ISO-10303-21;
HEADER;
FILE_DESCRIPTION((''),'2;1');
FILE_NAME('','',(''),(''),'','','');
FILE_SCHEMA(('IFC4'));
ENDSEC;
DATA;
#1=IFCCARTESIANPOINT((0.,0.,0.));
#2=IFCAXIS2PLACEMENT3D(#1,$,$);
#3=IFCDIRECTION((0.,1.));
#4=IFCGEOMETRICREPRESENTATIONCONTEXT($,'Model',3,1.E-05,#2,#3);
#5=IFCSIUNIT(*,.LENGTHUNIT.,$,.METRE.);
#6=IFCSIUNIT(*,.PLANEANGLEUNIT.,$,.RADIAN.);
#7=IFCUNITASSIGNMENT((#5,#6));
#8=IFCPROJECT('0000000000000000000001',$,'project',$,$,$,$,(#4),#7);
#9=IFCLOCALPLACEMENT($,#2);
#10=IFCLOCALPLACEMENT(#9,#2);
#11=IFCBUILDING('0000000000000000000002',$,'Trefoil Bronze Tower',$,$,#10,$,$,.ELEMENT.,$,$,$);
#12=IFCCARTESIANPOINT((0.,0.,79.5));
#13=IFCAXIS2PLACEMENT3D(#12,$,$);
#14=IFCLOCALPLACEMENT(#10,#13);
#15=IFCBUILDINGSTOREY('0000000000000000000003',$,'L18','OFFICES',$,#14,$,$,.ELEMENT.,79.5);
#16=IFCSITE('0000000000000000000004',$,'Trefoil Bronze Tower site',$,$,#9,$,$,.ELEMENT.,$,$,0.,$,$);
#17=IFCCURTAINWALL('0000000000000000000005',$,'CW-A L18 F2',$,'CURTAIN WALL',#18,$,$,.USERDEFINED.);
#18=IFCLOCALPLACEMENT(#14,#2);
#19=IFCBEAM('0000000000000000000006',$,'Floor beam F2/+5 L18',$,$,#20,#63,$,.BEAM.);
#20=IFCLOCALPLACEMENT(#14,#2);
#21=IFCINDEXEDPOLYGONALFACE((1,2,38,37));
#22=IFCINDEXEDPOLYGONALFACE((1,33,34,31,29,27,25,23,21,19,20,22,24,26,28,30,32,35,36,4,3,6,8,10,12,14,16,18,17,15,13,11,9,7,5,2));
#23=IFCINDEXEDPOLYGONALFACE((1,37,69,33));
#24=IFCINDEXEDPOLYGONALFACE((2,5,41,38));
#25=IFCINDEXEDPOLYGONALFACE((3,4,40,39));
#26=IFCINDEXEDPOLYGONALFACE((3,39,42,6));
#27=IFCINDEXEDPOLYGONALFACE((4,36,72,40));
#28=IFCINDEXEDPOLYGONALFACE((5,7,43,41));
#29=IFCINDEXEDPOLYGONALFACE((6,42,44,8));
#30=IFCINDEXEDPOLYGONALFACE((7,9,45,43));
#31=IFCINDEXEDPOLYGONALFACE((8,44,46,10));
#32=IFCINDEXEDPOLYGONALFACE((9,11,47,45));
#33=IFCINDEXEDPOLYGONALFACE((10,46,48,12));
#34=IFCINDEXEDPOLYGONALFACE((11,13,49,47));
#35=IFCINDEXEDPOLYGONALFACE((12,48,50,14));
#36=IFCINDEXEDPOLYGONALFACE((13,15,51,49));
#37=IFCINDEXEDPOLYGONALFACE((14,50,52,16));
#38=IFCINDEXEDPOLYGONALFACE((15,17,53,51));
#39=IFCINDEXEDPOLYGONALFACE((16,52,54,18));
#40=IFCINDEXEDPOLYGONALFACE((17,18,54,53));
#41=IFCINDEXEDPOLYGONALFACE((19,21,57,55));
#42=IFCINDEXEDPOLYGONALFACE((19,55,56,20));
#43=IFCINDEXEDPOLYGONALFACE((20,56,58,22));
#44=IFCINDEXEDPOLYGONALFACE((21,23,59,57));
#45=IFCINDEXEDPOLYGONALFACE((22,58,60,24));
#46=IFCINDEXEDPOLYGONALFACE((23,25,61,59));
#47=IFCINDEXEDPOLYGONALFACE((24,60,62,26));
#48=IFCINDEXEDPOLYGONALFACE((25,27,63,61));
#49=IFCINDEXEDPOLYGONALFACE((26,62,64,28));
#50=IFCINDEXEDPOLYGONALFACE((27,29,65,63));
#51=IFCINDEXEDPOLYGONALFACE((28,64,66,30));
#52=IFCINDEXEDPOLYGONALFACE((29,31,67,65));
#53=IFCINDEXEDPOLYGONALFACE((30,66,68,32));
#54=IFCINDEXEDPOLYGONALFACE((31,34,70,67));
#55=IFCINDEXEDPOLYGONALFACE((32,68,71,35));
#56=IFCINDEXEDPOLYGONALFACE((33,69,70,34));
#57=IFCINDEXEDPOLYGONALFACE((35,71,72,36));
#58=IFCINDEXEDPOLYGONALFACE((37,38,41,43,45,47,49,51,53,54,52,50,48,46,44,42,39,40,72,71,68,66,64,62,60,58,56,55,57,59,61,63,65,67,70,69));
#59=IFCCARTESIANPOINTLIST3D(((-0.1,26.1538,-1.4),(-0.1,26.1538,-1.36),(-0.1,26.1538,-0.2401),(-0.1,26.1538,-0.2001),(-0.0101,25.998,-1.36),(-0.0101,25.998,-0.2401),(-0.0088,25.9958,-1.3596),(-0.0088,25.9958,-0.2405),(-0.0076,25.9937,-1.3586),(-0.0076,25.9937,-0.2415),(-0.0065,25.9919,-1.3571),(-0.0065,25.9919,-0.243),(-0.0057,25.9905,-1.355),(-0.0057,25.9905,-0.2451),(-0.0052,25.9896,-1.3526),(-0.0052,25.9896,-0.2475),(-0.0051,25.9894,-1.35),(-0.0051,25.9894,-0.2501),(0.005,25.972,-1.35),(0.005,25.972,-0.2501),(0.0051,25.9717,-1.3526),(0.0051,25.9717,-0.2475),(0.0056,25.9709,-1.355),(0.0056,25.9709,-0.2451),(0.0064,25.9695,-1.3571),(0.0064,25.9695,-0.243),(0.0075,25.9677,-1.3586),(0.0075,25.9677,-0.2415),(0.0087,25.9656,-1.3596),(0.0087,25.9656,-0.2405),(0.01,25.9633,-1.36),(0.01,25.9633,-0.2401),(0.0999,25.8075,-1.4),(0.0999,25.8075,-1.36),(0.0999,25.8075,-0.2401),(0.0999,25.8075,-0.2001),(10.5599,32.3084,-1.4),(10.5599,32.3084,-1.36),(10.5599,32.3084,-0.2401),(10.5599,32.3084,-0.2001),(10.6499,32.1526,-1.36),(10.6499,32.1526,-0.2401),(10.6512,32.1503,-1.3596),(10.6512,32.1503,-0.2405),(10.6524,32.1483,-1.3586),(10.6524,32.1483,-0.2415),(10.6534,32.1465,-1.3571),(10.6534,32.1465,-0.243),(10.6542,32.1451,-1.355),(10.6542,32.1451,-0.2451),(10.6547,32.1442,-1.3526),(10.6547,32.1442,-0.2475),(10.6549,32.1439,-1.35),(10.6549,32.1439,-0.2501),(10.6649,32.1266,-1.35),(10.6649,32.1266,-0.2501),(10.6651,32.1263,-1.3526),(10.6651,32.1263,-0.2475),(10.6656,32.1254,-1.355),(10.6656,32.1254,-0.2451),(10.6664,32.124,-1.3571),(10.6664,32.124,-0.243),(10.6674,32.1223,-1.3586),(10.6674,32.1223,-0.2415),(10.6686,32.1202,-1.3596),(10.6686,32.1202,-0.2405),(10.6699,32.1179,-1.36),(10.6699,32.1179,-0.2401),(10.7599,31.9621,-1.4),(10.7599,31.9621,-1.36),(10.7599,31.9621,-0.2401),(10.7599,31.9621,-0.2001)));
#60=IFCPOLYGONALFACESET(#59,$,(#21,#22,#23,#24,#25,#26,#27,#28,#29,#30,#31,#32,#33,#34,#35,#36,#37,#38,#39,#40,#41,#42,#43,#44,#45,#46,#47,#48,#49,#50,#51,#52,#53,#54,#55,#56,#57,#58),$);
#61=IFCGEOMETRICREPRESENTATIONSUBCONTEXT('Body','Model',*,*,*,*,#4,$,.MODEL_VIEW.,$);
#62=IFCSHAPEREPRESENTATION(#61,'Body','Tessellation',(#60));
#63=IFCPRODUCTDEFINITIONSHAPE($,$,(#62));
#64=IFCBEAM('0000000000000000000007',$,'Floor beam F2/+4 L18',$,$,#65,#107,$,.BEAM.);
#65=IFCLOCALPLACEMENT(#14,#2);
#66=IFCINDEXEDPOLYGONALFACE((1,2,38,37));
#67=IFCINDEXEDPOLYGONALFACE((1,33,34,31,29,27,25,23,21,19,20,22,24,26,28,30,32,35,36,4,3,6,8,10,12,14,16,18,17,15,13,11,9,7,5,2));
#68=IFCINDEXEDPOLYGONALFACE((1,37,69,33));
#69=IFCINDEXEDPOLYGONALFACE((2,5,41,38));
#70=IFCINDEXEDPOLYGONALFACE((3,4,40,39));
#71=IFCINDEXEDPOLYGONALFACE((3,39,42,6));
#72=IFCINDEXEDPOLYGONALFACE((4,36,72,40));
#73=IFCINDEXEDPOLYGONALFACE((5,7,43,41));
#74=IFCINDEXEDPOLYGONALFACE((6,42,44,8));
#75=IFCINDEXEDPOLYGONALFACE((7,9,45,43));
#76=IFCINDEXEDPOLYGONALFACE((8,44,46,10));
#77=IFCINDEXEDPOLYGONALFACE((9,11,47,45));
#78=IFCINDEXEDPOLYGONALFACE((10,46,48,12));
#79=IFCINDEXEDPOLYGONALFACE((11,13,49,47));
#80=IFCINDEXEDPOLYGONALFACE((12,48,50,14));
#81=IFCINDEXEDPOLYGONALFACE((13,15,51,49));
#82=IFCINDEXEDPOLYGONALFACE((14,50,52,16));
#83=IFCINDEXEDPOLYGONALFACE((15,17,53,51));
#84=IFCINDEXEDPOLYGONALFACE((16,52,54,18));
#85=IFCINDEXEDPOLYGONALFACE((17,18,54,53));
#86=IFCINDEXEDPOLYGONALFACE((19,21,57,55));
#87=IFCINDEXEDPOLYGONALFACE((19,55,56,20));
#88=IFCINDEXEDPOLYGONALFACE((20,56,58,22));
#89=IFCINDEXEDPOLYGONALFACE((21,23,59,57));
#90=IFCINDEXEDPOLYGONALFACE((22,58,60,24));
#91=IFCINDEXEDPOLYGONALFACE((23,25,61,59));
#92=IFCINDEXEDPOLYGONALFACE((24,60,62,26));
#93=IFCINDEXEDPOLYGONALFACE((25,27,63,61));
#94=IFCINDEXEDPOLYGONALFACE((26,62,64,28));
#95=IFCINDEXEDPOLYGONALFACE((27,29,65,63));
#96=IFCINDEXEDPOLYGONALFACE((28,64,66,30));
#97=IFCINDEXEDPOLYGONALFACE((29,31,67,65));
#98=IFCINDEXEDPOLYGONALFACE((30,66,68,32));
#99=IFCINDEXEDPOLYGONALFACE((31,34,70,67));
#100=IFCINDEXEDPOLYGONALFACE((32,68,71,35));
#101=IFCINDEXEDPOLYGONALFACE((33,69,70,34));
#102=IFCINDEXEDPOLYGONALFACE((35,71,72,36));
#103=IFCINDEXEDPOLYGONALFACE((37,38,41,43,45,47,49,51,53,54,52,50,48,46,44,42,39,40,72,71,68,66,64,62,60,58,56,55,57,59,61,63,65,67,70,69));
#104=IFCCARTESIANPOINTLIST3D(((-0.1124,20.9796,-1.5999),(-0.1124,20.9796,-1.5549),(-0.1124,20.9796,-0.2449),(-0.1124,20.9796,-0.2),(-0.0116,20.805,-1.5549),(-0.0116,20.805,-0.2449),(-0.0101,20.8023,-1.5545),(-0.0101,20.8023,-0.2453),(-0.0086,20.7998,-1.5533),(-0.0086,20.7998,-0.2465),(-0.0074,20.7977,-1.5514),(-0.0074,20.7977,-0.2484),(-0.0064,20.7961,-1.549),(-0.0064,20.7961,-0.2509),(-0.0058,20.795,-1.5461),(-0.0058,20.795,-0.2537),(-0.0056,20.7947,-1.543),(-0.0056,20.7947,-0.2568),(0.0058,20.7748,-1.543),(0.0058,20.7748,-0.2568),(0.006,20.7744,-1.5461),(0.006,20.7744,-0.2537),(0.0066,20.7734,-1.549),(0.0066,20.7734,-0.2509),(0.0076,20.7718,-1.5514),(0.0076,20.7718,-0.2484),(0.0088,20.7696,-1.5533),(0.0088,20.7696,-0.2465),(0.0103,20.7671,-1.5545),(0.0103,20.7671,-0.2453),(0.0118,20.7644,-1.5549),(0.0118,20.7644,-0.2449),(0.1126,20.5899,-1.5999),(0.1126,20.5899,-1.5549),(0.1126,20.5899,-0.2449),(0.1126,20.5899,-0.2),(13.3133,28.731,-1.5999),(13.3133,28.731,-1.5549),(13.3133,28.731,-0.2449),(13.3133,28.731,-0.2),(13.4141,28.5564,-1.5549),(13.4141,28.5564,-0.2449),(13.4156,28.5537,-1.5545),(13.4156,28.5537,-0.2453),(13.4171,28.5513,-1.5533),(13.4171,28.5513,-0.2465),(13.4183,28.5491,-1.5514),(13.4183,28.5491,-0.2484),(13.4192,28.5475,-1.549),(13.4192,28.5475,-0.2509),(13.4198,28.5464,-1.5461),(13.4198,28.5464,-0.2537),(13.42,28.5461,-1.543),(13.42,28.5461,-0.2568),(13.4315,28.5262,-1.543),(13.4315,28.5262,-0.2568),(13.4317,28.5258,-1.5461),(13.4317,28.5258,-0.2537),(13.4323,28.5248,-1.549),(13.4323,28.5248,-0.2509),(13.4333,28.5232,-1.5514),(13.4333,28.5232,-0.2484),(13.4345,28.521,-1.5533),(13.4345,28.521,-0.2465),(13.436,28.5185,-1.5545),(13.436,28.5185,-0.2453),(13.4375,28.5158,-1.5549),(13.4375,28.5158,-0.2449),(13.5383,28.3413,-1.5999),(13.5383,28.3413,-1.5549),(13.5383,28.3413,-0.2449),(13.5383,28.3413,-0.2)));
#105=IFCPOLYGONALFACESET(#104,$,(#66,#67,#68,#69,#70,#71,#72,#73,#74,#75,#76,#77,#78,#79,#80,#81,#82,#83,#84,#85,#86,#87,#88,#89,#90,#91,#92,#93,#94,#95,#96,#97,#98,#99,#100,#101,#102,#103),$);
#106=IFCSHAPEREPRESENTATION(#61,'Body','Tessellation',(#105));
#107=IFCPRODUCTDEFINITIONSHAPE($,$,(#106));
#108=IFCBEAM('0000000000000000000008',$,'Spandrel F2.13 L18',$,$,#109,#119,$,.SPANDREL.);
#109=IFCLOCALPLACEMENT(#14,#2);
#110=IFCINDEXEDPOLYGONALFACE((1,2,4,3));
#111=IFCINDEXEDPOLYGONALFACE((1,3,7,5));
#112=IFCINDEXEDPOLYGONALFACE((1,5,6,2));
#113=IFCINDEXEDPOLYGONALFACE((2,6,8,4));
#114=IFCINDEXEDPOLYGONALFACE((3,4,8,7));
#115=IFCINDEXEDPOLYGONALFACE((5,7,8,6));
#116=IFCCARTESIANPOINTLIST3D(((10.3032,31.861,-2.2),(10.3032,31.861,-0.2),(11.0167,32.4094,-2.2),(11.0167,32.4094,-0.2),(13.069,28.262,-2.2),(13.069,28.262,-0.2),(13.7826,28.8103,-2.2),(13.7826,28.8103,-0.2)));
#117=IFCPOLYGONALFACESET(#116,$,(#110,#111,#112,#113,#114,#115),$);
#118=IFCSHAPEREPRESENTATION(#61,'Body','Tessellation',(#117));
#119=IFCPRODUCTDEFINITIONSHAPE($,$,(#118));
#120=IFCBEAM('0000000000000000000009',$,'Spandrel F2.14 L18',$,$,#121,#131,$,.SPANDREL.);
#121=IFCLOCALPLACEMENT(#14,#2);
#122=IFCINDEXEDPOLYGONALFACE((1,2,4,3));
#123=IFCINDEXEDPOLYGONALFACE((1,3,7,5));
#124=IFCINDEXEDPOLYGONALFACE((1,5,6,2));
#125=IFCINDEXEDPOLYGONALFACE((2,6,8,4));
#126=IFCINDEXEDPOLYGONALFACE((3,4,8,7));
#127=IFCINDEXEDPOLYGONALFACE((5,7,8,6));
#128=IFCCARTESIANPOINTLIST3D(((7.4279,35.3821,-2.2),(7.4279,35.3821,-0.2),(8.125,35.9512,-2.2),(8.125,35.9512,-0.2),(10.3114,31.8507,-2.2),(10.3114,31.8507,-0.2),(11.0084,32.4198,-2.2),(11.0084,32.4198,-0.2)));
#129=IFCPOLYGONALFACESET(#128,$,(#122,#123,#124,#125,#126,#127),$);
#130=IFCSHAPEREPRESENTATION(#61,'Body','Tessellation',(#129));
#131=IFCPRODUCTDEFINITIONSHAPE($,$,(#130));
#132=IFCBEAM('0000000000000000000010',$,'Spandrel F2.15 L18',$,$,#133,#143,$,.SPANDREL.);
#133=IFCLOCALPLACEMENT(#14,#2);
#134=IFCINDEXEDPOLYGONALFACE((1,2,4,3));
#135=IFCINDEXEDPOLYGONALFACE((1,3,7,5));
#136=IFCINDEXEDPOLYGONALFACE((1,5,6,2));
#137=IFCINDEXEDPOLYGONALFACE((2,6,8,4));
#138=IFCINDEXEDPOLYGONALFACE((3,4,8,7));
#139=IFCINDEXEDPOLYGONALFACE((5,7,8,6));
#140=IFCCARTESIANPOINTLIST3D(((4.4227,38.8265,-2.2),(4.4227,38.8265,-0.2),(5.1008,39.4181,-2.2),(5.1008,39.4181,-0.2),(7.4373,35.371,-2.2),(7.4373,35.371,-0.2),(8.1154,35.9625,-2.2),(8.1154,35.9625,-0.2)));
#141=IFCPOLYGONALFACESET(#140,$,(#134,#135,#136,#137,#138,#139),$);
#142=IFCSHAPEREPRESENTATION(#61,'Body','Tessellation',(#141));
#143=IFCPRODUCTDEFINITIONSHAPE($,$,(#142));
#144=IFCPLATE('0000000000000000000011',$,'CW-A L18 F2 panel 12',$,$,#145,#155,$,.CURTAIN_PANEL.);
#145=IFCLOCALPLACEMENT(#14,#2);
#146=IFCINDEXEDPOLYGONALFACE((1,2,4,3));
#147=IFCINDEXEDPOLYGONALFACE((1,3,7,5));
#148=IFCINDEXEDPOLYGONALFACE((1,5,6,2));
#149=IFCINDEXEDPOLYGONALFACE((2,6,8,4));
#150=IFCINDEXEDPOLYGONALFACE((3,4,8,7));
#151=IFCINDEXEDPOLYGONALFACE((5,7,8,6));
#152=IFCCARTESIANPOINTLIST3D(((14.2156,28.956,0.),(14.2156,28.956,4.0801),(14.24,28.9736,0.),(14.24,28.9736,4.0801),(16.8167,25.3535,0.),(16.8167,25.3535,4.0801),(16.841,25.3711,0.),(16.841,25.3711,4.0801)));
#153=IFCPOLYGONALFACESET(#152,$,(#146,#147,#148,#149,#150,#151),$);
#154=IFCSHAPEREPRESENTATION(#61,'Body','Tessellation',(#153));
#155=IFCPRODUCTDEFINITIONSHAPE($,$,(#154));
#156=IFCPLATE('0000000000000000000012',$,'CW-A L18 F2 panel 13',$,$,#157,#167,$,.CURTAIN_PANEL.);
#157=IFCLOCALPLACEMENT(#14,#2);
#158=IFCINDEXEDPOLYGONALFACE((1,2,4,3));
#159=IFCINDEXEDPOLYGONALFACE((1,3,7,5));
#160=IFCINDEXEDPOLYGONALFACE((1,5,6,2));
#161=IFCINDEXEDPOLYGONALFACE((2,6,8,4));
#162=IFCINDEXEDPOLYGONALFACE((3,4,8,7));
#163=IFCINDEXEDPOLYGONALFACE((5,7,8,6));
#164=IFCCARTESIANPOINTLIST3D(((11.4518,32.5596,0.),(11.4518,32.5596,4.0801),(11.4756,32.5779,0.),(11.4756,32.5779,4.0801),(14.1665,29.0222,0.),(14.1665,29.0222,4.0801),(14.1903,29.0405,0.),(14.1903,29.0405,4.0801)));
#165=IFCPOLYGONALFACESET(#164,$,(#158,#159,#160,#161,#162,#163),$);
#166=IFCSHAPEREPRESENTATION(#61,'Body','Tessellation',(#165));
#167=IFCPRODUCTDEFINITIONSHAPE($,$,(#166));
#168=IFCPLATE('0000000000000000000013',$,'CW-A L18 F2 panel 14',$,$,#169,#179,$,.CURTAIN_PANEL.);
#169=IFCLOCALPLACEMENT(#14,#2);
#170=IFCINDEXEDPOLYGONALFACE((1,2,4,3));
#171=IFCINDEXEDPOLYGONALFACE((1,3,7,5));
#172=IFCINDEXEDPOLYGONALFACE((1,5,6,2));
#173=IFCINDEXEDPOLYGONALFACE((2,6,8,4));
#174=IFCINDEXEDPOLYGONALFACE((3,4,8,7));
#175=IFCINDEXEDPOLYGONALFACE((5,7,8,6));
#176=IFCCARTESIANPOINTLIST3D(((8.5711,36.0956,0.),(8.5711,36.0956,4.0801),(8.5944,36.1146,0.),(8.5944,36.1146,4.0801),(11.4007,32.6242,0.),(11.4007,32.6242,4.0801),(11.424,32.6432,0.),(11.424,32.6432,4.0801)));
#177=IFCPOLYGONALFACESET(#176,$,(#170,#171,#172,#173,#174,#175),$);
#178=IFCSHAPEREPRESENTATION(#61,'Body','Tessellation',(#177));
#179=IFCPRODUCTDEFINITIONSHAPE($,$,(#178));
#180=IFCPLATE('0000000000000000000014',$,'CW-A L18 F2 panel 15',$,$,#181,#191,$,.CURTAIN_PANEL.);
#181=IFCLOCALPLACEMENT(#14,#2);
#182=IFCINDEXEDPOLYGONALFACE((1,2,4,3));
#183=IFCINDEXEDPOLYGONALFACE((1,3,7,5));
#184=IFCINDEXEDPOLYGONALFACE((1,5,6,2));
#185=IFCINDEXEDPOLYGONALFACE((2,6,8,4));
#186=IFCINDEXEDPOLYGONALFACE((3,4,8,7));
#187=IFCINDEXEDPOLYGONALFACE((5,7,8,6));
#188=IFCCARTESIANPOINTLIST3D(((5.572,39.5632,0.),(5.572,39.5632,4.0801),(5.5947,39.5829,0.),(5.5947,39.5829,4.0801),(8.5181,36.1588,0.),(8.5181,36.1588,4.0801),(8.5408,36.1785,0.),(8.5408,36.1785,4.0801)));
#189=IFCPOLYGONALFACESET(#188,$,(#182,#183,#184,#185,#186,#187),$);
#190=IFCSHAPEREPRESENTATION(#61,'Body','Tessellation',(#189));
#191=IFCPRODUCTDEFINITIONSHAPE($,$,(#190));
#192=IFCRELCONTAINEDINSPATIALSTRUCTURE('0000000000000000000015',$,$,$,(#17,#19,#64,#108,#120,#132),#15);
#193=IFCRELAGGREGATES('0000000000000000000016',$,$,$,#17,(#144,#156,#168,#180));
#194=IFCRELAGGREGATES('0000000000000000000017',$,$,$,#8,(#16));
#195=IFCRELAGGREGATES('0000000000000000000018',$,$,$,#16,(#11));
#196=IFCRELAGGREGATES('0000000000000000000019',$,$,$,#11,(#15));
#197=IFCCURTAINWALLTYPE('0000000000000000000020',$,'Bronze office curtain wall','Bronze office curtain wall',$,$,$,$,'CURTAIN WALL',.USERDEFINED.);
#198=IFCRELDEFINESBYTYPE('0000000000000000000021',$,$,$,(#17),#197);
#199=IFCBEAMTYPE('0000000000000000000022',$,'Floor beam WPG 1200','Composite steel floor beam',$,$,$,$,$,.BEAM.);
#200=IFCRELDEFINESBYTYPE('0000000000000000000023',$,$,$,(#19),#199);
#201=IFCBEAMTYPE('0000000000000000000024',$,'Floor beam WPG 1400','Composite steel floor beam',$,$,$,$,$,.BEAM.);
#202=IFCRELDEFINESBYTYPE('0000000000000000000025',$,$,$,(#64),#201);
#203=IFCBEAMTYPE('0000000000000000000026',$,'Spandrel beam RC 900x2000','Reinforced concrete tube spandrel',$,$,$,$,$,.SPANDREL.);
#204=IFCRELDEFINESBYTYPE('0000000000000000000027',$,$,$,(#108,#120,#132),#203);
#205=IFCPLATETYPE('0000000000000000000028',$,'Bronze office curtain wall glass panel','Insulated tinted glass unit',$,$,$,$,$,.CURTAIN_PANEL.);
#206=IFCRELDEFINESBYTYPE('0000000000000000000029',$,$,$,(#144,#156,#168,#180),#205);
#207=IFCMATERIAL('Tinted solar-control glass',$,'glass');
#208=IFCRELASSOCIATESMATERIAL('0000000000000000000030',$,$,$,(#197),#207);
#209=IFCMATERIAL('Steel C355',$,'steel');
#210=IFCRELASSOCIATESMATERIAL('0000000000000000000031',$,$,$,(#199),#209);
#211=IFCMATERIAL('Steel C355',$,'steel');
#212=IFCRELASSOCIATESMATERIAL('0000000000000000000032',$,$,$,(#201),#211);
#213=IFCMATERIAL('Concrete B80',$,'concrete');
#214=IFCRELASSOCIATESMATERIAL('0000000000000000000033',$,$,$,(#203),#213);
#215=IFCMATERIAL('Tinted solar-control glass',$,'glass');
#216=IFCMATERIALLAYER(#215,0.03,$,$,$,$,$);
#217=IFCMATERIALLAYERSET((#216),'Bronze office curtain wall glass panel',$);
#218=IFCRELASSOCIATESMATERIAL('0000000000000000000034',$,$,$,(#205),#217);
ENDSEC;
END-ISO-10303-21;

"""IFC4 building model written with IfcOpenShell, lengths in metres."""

from ifc_helpers import new_model, si_unit, direction, frame, origin, origin_2d, place, context, subcontext, project, spatial, rectangle, i_section, extrude, material, layer, layer_set, material_profile, profile_set, type_object, element, aggregate, save


model = new_model("IFC4")

# Units and contexts
model_context = context("Model", 3, precision=1e-05, world=origin(), true_north=direction((0.0, 1.0)))
body_context = subcontext(model_context, "Body", "Model", "MODEL_VIEW")
ifc_project = project(units=[si_unit("LENGTHUNIT", "METRE"), si_unit("PLANEANGLEUNIT", "RADIAN")], contexts=[model_context])

# Site, building, storey
site_placement = place(None, origin())
site = spatial("IfcSite", under=ifc_project, at=site_placement, Name="Trefoil Bronze Tower site", CompositionType="ELEMENT", RefElevation=0.0)
building_placement = place(site_placement, origin())
building = spatial("IfcBuilding", under=site, at=building_placement, Name="Trefoil Bronze Tower", CompositionType="ELEMENT")
storey_placement = place(building_placement, frame((0.0, 0.0, 79.5)))
storey = spatial("IfcBuildingStorey", under=building, at=storey_placement, Name="L18", Description="OFFICES", CompositionType="ELEMENT", Elevation=79.5)

# Curtain wall
ifc_material_1 = material(Name="Tinted solar-control glass", Category="glass")
curtain_wall_type_1 = type_object("IfcCurtainWallType", Name="Bronze office curtain wall", Description="Bronze office curtain wall", ElementType="CURTAIN WALL", PredefinedType="USERDEFINED", material=ifc_material_1)
curtain_wall_1_placement = place(storey_placement, origin())
curtain_wall_1 = element("IfcCurtainWall", 1, at=curtain_wall_1_placement, inside=storey, type_object=curtain_wall_type_1, Name="CW-A L18 F2", ObjectType="CURTAIN WALL", PredefinedType="USERDEFINED")

# Beams
ifc_material_2 = material(Name="Steel C355", Category="steel")
ifc_material_profile_1 = material_profile(ifc_material_2, i_section(OverallWidth=0.3999, OverallDepth=1.2, WebThickness=0.02, FlangeThickness=0.04, FilletRadius=0.01, at=origin_2d()), Name="WPG 1200")
ifc_profile_set_1 = profile_set([ifc_material_profile_1], Name="Steel C355")
beam_type_1 = type_object("IfcBeamType", Name="Floor beam WPG 1200", Description="Composite steel floor beam", PredefinedType="BEAM", material=ifc_profile_set_1)
beam_1_placement = place(storey_placement, frame((10.6599, 32.1353, -0.8), z_axis=(-0.866024, -0.500002, 0.0), x_axis=(0.500002, -0.866024, 0.0)))
element("IfcBeam", 2, at=beam_1_placement, inside=storey, type_object=beam_type_1, Name="Floor beam F2/+5 L18", PredefinedType="BEAM", context=body_context, shape_type="SweptSolid", body=[
    extrude(i_section(OverallWidth=0.3999, OverallDepth=1.2, WebThickness=0.02, FlangeThickness=0.04, FilletRadius=0.01, at=origin_2d()), origin(), (0.0, 0.0, 1.0), 12.3091),
])
ifc_material_3 = material(Name="Steel C355", Category="steel")
ifc_material_profile_2 = material_profile(ifc_material_3, i_section(OverallWidth=0.45, OverallDepth=1.3999, WebThickness=0.0229, FlangeThickness=0.0449, FilletRadius=0.012, at=origin_2d()), Name="WPG 1400")
ifc_profile_set_2 = profile_set([ifc_material_profile_2], Name="Steel C355")
beam_type_2 = type_object("IfcBeamType", Name="Floor beam WPG 1400", Description="Composite steel floor beam", PredefinedType="BEAM", material=ifc_profile_set_2)
beam_2_placement = place(storey_placement, frame((13.4258, 28.5361, -0.8999), z_axis=(-0.866023, -0.500004, 0.0), x_axis=(0.500004, -0.866023, 0.0)))
element("IfcBeam", 3, at=beam_2_placement, inside=storey, type_object=beam_type_2, Name="Floor beam F2/+4 L18", PredefinedType="BEAM", context=body_context, shape_type="SweptSolid", body=[
    extrude(i_section(OverallWidth=0.45, OverallDepth=1.3999, WebThickness=0.0229, FlangeThickness=0.0449, FilletRadius=0.012, at=origin_2d()), origin(), (0.0, 0.0, 1.0), 15.5027),
])
ifc_material_4 = material(Name="Concrete B80", Category="concrete")
ifc_material_profile_3 = material_profile(ifc_material_4, rectangle(XDim=0.8999, YDim=2.0, at=origin_2d()), Name="RC 900x2000")
ifc_profile_set_3 = profile_set([ifc_material_profile_3], Name="Concrete B80")
beam_type_3 = type_object("IfcBeamType", Name="Spandrel beam RC 900x2000", Description="Reinforced concrete tube spandrel", PredefinedType="SPANDREL", material=ifc_profile_set_3)
beam_3_placement = place(storey_placement, frame((13.4258, 28.5361, -1.2), z_axis=(-0.609339, 0.79291, 0.0), x_axis=(-0.79291, -0.609339, 0.0)))
element("IfcBeam", 4, at=beam_3_placement, inside=storey, type_object=beam_type_3, Name="Spandrel F2.13 L18", PredefinedType="SPANDREL", context=body_context, shape_type="SweptSolid", body=[
    extrude(rectangle(XDim=0.8999, YDim=2.0, at=origin_2d()), origin(), (0.0, 0.0, 1.0), 4.5391),
])
beam_4_placement = place(storey_placement, frame((10.6599, 32.1353, -1.2), z_axis=(-0.632468, 0.774587, 0.0), x_axis=(-0.774587, -0.632468, 0.0)))
element("IfcBeam", 5, at=beam_4_placement, inside=storey, type_object=beam_type_3, Name="Spandrel F2.14 L18", PredefinedType="SPANDREL", context=body_context, shape_type="SweptSolid", body=[
    extrude(rectangle(XDim=0.8999, YDim=2.0, at=origin_2d()), origin(), (0.0, 0.0, 1.0), 4.5591),
])
beam_5_placement = place(storey_placement, frame((7.7764, 35.6667, -1.2), z_axis=(-0.657396, 0.753545, 0.0), x_axis=(-0.753545, -0.657396, 0.0)))
element("IfcBeam", 6, at=beam_5_placement, inside=storey, type_object=beam_type_3, Name="Spandrel F2.15 L18", PredefinedType="SPANDREL", context=body_context, shape_type="SweptSolid", body=[
    extrude(rectangle(XDim=0.8999, YDim=2.0, at=origin_2d()), origin(), (0.0, 0.0, 1.0), 4.5857),
])

# Plates
ifc_material_5 = material(Name="Tinted solar-control glass", Category="glass")
ifc_layer_1 = layer(ifc_material_5, 0.03)
ifc_layer_set_1 = layer_set([ifc_layer_1], Name="Bronze office curtain wall glass panel")
plate_type_1 = type_object("IfcPlateType", Name="Bronze office curtain wall glass panel", Description="Insulated tinted glass unit", PredefinedType="CURTAIN_PANEL", material=ifc_layer_set_1)
plate_1_placement = place(storey_placement, frame((15.5283, 27.1636, 0.0), z_axis=(0.0, 0.0, 1.0), x_axis=(-0.585373, 0.810764, 0.0)))
plate_1 = element("IfcPlate", 7, at=plate_1_placement, type_object=plate_type_1, Name="CW-A L18 F2 panel 12", PredefinedType="CURTAIN_PANEL", context=body_context, shape_type="SweptSolid", body=[
    extrude(rectangle(XDim=4.4434, YDim=0.03, at=origin_2d()), origin(), (0.0, 0.0, 1.0), 4.0801),
])
plate_2_placement = place(storey_placement, frame((12.821, 30.8, 0.0), z_axis=(0.0, 0.0, 1.0), x_axis=(-0.608808, 0.793318, 0.0)))
plate_2 = element("IfcPlate", 8, at=plate_2_placement, type_object=plate_type_1, Name="CW-A L18 F2 panel 13", PredefinedType="CURTAIN_PANEL", context=body_context, shape_type="SweptSolid", body=[
    extrude(rectangle(XDim=4.459, YDim=0.03, at=origin_2d()), origin(), (0.0, 0.0, 1.0), 4.0801),
])
plate_3_placement = place(storey_placement, frame((9.9976, 34.3694, 0.0), z_axis=(0.0, 0.0, 1.0), x_axis=(-0.631811, 0.775123, 0.0)))
plate_3 = element("IfcPlate", 9, at=plate_3_placement, type_object=plate_type_1, Name="CW-A L18 F2 panel 14", PredefinedType="CURTAIN_PANEL", context=body_context, shape_type="SweptSolid", body=[
    extrude(rectangle(XDim=4.4785, YDim=0.03, at=origin_2d()), origin(), (0.0, 0.0, 1.0), 4.0801),
])
plate_4_placement = place(storey_placement, frame((7.0564, 37.8708, 0.0), z_axis=(0.0, 0.0, 1.0), x_axis=(-0.654376, 0.756169, 0.0)))
plate_4 = element("IfcPlate", 10, at=plate_4_placement, type_object=plate_type_1, Name="CW-A L18 F2 panel 15", PredefinedType="CURTAIN_PANEL", context=body_context, shape_type="SweptSolid", body=[
    extrude(rectangle(XDim=4.5022, YDim=0.03, at=origin_2d()), origin(), (0.0, 0.0, 1.0), 4.0801),
])
aggregate(curtain_wall_1, [plate_1, plate_2, plate_3, plate_4])

save(model, "model.ifc")
